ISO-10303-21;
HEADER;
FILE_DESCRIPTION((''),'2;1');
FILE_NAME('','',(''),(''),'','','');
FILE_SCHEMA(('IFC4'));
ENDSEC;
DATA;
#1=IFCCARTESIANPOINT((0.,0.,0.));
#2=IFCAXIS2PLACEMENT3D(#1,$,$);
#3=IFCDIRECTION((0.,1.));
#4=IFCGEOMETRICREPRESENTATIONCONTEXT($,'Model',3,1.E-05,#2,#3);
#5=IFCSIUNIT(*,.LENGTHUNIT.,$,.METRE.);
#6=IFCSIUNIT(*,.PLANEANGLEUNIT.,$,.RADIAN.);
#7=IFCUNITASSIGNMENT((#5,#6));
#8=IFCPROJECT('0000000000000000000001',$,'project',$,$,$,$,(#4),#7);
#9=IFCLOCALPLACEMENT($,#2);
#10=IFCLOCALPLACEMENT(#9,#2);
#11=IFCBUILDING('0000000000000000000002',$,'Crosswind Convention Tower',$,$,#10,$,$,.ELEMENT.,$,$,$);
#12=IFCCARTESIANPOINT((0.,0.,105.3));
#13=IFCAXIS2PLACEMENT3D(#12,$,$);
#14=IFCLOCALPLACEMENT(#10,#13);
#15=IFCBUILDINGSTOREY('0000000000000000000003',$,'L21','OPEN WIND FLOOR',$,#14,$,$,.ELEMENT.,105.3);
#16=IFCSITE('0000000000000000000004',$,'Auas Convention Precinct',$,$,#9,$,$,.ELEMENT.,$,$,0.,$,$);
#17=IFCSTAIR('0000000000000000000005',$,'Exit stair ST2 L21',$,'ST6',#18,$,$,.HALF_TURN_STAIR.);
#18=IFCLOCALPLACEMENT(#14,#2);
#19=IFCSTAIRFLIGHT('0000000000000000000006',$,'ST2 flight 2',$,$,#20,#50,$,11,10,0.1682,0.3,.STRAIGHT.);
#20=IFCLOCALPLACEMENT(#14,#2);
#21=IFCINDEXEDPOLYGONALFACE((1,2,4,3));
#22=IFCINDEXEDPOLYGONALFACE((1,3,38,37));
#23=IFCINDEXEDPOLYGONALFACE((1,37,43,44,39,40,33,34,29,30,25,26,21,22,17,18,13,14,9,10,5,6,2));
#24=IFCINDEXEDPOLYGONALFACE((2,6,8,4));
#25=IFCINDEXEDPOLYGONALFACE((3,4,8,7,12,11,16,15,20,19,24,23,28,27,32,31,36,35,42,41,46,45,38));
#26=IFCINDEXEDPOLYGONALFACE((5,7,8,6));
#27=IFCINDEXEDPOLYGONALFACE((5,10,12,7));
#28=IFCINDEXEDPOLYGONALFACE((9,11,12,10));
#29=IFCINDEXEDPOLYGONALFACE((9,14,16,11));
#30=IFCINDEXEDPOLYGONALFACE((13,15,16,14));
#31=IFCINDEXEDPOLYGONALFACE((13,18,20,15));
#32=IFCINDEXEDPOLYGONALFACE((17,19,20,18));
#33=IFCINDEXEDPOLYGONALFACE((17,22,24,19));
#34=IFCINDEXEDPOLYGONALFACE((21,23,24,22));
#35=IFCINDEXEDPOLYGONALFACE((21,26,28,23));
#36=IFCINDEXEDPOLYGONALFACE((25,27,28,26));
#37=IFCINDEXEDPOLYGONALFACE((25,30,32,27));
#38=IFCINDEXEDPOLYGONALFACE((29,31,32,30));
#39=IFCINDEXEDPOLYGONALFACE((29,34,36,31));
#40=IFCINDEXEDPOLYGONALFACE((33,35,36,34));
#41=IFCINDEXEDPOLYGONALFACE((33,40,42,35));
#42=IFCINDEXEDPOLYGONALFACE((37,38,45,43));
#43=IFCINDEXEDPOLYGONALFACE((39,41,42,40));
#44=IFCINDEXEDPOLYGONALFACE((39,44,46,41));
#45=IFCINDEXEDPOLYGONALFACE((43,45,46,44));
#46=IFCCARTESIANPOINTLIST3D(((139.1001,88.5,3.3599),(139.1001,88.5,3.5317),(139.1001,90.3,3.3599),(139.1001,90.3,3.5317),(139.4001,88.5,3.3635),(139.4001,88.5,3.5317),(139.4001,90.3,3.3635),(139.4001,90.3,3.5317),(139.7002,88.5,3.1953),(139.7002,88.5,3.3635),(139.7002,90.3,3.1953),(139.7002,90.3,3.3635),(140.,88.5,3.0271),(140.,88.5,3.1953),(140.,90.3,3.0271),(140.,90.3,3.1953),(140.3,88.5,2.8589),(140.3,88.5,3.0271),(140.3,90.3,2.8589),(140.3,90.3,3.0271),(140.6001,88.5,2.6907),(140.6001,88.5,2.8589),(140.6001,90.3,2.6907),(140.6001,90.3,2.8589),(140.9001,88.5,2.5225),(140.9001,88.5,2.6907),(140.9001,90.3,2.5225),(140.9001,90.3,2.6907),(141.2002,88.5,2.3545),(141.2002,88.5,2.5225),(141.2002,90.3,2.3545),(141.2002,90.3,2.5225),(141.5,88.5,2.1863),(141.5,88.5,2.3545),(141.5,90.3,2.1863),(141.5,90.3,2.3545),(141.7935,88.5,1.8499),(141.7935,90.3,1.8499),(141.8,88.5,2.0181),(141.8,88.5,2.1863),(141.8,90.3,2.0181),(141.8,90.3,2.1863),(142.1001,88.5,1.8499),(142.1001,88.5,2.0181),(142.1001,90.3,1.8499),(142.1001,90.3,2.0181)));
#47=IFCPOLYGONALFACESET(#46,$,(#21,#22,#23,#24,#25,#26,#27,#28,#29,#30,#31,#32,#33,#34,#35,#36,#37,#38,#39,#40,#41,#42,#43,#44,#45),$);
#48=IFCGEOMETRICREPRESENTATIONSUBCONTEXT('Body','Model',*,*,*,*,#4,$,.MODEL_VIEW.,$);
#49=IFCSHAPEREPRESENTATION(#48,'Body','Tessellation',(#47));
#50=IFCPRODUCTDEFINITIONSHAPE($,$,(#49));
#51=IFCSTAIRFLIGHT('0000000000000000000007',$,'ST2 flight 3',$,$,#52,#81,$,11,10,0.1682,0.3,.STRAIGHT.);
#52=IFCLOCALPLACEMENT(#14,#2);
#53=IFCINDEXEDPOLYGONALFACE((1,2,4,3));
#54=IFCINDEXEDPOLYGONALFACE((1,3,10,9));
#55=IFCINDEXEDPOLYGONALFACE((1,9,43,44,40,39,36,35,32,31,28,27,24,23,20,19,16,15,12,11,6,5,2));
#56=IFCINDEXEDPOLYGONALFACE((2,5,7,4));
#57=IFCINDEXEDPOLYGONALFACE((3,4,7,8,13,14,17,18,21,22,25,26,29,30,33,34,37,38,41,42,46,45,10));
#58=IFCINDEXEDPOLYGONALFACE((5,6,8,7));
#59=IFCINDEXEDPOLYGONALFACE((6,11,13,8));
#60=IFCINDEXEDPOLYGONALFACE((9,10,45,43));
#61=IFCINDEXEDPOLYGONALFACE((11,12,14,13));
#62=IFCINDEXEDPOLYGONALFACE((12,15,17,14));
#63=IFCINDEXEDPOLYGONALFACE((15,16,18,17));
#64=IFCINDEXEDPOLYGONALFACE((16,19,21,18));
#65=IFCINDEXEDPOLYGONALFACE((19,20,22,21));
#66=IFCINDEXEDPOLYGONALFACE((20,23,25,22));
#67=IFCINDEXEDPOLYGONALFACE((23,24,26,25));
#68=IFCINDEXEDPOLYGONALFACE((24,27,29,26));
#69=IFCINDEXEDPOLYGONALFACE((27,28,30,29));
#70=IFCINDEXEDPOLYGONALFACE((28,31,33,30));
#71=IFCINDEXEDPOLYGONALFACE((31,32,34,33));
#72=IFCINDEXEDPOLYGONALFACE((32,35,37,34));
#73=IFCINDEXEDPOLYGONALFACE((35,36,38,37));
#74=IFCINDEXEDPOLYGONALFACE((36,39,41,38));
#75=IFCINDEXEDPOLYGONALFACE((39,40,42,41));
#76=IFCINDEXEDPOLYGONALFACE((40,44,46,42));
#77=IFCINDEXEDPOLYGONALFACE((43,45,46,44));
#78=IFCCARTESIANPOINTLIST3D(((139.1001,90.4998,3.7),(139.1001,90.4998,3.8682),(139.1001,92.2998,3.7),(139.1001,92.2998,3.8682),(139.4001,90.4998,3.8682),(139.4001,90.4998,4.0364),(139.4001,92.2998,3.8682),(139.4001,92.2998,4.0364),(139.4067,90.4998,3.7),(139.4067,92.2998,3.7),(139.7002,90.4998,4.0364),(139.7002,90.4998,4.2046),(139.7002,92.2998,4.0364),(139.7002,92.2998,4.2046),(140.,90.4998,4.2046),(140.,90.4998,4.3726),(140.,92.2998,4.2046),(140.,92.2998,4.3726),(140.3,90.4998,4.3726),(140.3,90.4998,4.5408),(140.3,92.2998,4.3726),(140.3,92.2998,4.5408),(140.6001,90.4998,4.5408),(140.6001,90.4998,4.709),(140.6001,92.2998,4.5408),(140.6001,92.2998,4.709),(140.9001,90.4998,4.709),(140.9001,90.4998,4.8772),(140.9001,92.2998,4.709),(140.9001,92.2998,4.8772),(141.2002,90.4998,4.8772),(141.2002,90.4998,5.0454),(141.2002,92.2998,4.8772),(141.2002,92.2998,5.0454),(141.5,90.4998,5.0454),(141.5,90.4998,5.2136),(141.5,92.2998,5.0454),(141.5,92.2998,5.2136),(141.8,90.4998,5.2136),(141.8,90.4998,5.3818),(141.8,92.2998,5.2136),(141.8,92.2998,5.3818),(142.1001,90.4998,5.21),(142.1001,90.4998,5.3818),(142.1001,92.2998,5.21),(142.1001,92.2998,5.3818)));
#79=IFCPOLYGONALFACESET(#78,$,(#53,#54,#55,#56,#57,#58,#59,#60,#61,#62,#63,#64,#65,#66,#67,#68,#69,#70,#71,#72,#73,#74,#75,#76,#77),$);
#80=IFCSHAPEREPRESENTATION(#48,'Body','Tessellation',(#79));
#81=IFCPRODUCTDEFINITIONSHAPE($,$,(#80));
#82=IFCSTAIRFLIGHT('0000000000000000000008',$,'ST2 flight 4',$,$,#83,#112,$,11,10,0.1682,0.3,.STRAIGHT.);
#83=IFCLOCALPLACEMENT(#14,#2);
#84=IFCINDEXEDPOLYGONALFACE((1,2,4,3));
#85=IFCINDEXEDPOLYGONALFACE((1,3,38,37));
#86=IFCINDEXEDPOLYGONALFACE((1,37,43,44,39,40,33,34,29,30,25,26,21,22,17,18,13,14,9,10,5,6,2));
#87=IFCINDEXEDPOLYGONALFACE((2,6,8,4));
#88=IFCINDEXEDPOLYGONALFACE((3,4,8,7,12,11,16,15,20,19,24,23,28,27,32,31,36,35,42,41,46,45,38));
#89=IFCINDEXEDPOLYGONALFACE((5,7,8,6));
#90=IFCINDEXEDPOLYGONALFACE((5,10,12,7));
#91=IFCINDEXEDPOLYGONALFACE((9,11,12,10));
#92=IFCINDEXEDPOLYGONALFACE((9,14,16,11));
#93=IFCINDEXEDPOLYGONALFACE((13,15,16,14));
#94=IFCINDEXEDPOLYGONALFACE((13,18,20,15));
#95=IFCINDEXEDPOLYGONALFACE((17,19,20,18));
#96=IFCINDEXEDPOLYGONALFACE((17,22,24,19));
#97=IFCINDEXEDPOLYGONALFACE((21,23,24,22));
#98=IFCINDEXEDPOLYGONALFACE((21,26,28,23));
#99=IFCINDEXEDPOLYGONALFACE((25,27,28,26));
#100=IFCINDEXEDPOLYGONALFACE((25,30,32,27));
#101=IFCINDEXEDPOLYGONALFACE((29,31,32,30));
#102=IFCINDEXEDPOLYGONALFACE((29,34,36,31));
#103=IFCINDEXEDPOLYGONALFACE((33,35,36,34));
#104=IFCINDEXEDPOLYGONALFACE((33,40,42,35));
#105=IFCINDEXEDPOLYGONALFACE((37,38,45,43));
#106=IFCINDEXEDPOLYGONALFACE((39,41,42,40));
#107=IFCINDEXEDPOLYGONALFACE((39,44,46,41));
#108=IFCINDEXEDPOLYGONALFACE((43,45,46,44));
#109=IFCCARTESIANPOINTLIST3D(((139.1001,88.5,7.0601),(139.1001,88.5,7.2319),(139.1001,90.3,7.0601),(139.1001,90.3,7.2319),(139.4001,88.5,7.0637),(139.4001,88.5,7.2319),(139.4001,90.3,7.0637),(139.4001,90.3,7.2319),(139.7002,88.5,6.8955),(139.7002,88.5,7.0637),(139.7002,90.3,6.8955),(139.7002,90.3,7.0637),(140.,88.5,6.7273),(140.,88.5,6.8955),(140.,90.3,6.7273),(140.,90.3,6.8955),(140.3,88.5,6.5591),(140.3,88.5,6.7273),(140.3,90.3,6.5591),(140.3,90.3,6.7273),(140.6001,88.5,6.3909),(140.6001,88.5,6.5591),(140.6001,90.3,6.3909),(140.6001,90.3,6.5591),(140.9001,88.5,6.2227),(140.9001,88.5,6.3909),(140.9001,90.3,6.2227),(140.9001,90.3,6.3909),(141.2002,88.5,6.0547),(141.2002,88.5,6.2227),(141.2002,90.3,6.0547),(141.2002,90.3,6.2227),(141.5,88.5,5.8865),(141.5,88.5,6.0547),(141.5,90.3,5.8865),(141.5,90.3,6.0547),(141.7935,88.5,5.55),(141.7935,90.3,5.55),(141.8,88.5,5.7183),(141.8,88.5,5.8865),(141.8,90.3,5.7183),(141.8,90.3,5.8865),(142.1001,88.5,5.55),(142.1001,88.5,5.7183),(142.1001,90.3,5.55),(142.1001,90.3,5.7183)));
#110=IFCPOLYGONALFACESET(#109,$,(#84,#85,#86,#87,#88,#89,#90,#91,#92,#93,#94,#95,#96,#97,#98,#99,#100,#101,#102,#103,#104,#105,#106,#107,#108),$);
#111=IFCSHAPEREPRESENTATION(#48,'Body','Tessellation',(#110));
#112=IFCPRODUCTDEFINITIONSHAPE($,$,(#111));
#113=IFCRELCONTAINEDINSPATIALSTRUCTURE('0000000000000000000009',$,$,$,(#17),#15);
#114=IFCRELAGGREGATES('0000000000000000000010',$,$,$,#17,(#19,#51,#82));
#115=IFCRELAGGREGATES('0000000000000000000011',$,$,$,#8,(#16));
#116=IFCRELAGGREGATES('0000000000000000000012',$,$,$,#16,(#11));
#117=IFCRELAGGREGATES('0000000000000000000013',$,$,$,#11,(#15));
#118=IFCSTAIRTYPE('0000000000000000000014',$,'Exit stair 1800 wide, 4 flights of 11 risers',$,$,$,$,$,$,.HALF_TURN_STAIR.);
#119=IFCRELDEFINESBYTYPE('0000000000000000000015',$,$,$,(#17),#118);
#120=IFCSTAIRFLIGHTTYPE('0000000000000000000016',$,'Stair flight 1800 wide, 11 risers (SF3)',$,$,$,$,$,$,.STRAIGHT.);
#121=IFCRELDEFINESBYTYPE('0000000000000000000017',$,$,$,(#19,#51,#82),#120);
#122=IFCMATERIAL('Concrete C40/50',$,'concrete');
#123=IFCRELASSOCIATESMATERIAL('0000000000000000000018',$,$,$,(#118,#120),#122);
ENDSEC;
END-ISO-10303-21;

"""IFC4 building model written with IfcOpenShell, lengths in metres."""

from ifc_helpers import new_model, si_unit, direction, frame, origin, place, context, subcontext, project, spatial, polyline, outline, extrude, material, type_object, element, aggregate, save


model = new_model("IFC4")

# Units and contexts
model_context = context("Model", 3, precision=1e-05, world=origin(), true_north=direction((0.0, 1.0)))
body_context = subcontext(model_context, "Body", "Model", "MODEL_VIEW")
ifc_project = project(units=[si_unit("LENGTHUNIT", "METRE"), si_unit("PLANEANGLEUNIT", "RADIAN")], contexts=[model_context])

# Site, building, storey
site_placement = place(None, origin())
site = spatial("IfcSite", under=ifc_project, at=site_placement, Name="Auas Convention Precinct", CompositionType="ELEMENT", RefElevation=0.0)
building_placement = place(site_placement, origin())
building = spatial("IfcBuilding", under=site, at=building_placement, Name="Crosswind Convention Tower", CompositionType="ELEMENT")
storey_placement = place(building_placement, frame((0.0, 0.0, 105.3)))
storey = spatial("IfcBuildingStorey", under=building, at=storey_placement, Name="L21", Description="OPEN WIND FLOOR", CompositionType="ELEMENT", Elevation=105.3)

# Stair, stair flights
ifc_material_1 = material(Name="Concrete C40/50", Category="concrete")
stair_type = type_object("IfcStairType", Name="Exit stair 1800 wide, 4 flights of 11 risers", PredefinedType="HALF_TURN_STAIR", material=ifc_material_1)
stair_placement = place(storey_placement, origin())
stair = element("IfcStair", 1, at=stair_placement, inside=storey, type_object=stair_type, Name="Exit stair ST2 L21", ObjectType="ST6", PredefinedType="HALF_TURN_STAIR")
stair_flight_type = type_object("IfcStairFlightType", Name="Stair flight 1800 wide, 11 risers (SF3)", PredefinedType="STRAIGHT", material=ifc_material_1)
stair_flight_1_placement = place(storey_placement, frame((142.1001, 89.3999, 1.8499), z_axis=(0.0, 0.0, 1.0), x_axis=(-1.0, 0.0, 0.0)))
stair_flight_1 = element("IfcStairFlight", 2, at=stair_flight_1_placement, type_object=stair_flight_type, Name="ST2 flight 2", NumberOfRisers=11, NumberOfTreads=10, PredefinedType="STRAIGHT", RiserHeight=0.1682, TreadLength=0.3, context=body_context, shape_type="SweptSolid", body=[
    extrude(outline(polyline([(0.0, 0.0), (0.0, 0.1682), (0.3, 0.1682), (0.3, 0.3364), (0.6001, 0.3364), (0.6001, 0.5046), (0.8999, 0.5046), (0.8999, 0.6726), (1.2, 0.6726), (1.2, 0.8408), (1.5, 0.8408), (1.5, 1.009), (1.8, 1.009), (1.8, 1.1772), (2.1001, 1.1772), (2.1001, 1.3455), (2.3999, 1.3455), (2.3999, 1.5137), (2.7, 1.5137), (2.7, 1.6819), (3.0, 1.6819), (3.0, 1.8501), (3.0, 1.51), (0.3066, 0.0), (0.0, 0.0)])), frame((0.0, 0.8999, 0.0), z_axis=(0.0, -1.0, 0.0), x_axis=(1.0, 0.0, 0.0)), (0.0, 0.0, 1.0), 1.8),
])
stair_flight_2_placement = place(storey_placement, frame((139.1001, 91.3999, 3.7), z_axis=(0.0, 0.0, 1.0), x_axis=(1.0, 0.0, 0.0)))
stair_flight_2 = element("IfcStairFlight", 3, at=stair_flight_2_placement, type_object=stair_flight_type, Name="ST2 flight 3", NumberOfRisers=11, NumberOfTreads=10, PredefinedType="STRAIGHT", RiserHeight=0.1682, TreadLength=0.3, context=body_context, shape_type="SweptSolid", body=[
    extrude(outline(polyline([(0.0, 0.0), (0.0, 0.1682), (0.3, 0.1682), (0.3, 0.3364), (0.6001, 0.3364), (0.6001, 0.5046), (0.8999, 0.5046), (0.8999, 0.6726), (1.2, 0.6726), (1.2, 0.8408), (1.5, 0.8408), (1.5, 1.009), (1.8, 1.009), (1.8, 1.1772), (2.1001, 1.1772), (2.1001, 1.3455), (2.3999, 1.3455), (2.3999, 1.5137), (2.7, 1.5137), (2.7, 1.6819), (3.0, 1.6819), (3.0, 1.8501), (3.0, 1.51), (0.3066, 0.0), (0.0, 0.0)])), frame((0.0, 0.8999, 0.0), z_axis=(0.0, -1.0, 0.0), x_axis=(1.0, 0.0, 0.0)), (0.0, 0.0, 1.0), 1.8),
])
stair_flight_3_placement = place(storey_placement, frame((142.1001, 89.3999, 5.55), z_axis=(0.0, 0.0, 1.0), x_axis=(-1.0, 0.0, 0.0)))
stair_flight_3 = element("IfcStairFlight", 4, at=stair_flight_3_placement, type_object=stair_flight_type, Name="ST2 flight 4", NumberOfRisers=11, NumberOfTreads=10, PredefinedType="STRAIGHT", RiserHeight=0.1682, TreadLength=0.3, context=body_context, shape_type="SweptSolid", body=[
    extrude(outline(polyline([(0.0, 0.0), (0.0, 0.1682), (0.3, 0.1682), (0.3, 0.3364), (0.6001, 0.3364), (0.6001, 0.5046), (0.8999, 0.5046), (0.8999, 0.6726), (1.2, 0.6726), (1.2, 0.8408), (1.5, 0.8408), (1.5, 1.009), (1.8, 1.009), (1.8, 1.1772), (2.1001, 1.1772), (2.1001, 1.3455), (2.3999, 1.3455), (2.3999, 1.5137), (2.7, 1.5137), (2.7, 1.6819), (3.0, 1.6819), (3.0, 1.8501), (3.0, 1.51), (0.3066, 0.0), (0.0, 0.0)])), frame((0.0, 0.8999, 0.0), z_axis=(0.0, -1.0, 0.0), x_axis=(1.0, 0.0, 0.0)), (0.0, 0.0, 1.0), 1.8),
])
aggregate(stair, [stair_flight_1, stair_flight_2, stair_flight_3])

save(model, "model.ifc")
